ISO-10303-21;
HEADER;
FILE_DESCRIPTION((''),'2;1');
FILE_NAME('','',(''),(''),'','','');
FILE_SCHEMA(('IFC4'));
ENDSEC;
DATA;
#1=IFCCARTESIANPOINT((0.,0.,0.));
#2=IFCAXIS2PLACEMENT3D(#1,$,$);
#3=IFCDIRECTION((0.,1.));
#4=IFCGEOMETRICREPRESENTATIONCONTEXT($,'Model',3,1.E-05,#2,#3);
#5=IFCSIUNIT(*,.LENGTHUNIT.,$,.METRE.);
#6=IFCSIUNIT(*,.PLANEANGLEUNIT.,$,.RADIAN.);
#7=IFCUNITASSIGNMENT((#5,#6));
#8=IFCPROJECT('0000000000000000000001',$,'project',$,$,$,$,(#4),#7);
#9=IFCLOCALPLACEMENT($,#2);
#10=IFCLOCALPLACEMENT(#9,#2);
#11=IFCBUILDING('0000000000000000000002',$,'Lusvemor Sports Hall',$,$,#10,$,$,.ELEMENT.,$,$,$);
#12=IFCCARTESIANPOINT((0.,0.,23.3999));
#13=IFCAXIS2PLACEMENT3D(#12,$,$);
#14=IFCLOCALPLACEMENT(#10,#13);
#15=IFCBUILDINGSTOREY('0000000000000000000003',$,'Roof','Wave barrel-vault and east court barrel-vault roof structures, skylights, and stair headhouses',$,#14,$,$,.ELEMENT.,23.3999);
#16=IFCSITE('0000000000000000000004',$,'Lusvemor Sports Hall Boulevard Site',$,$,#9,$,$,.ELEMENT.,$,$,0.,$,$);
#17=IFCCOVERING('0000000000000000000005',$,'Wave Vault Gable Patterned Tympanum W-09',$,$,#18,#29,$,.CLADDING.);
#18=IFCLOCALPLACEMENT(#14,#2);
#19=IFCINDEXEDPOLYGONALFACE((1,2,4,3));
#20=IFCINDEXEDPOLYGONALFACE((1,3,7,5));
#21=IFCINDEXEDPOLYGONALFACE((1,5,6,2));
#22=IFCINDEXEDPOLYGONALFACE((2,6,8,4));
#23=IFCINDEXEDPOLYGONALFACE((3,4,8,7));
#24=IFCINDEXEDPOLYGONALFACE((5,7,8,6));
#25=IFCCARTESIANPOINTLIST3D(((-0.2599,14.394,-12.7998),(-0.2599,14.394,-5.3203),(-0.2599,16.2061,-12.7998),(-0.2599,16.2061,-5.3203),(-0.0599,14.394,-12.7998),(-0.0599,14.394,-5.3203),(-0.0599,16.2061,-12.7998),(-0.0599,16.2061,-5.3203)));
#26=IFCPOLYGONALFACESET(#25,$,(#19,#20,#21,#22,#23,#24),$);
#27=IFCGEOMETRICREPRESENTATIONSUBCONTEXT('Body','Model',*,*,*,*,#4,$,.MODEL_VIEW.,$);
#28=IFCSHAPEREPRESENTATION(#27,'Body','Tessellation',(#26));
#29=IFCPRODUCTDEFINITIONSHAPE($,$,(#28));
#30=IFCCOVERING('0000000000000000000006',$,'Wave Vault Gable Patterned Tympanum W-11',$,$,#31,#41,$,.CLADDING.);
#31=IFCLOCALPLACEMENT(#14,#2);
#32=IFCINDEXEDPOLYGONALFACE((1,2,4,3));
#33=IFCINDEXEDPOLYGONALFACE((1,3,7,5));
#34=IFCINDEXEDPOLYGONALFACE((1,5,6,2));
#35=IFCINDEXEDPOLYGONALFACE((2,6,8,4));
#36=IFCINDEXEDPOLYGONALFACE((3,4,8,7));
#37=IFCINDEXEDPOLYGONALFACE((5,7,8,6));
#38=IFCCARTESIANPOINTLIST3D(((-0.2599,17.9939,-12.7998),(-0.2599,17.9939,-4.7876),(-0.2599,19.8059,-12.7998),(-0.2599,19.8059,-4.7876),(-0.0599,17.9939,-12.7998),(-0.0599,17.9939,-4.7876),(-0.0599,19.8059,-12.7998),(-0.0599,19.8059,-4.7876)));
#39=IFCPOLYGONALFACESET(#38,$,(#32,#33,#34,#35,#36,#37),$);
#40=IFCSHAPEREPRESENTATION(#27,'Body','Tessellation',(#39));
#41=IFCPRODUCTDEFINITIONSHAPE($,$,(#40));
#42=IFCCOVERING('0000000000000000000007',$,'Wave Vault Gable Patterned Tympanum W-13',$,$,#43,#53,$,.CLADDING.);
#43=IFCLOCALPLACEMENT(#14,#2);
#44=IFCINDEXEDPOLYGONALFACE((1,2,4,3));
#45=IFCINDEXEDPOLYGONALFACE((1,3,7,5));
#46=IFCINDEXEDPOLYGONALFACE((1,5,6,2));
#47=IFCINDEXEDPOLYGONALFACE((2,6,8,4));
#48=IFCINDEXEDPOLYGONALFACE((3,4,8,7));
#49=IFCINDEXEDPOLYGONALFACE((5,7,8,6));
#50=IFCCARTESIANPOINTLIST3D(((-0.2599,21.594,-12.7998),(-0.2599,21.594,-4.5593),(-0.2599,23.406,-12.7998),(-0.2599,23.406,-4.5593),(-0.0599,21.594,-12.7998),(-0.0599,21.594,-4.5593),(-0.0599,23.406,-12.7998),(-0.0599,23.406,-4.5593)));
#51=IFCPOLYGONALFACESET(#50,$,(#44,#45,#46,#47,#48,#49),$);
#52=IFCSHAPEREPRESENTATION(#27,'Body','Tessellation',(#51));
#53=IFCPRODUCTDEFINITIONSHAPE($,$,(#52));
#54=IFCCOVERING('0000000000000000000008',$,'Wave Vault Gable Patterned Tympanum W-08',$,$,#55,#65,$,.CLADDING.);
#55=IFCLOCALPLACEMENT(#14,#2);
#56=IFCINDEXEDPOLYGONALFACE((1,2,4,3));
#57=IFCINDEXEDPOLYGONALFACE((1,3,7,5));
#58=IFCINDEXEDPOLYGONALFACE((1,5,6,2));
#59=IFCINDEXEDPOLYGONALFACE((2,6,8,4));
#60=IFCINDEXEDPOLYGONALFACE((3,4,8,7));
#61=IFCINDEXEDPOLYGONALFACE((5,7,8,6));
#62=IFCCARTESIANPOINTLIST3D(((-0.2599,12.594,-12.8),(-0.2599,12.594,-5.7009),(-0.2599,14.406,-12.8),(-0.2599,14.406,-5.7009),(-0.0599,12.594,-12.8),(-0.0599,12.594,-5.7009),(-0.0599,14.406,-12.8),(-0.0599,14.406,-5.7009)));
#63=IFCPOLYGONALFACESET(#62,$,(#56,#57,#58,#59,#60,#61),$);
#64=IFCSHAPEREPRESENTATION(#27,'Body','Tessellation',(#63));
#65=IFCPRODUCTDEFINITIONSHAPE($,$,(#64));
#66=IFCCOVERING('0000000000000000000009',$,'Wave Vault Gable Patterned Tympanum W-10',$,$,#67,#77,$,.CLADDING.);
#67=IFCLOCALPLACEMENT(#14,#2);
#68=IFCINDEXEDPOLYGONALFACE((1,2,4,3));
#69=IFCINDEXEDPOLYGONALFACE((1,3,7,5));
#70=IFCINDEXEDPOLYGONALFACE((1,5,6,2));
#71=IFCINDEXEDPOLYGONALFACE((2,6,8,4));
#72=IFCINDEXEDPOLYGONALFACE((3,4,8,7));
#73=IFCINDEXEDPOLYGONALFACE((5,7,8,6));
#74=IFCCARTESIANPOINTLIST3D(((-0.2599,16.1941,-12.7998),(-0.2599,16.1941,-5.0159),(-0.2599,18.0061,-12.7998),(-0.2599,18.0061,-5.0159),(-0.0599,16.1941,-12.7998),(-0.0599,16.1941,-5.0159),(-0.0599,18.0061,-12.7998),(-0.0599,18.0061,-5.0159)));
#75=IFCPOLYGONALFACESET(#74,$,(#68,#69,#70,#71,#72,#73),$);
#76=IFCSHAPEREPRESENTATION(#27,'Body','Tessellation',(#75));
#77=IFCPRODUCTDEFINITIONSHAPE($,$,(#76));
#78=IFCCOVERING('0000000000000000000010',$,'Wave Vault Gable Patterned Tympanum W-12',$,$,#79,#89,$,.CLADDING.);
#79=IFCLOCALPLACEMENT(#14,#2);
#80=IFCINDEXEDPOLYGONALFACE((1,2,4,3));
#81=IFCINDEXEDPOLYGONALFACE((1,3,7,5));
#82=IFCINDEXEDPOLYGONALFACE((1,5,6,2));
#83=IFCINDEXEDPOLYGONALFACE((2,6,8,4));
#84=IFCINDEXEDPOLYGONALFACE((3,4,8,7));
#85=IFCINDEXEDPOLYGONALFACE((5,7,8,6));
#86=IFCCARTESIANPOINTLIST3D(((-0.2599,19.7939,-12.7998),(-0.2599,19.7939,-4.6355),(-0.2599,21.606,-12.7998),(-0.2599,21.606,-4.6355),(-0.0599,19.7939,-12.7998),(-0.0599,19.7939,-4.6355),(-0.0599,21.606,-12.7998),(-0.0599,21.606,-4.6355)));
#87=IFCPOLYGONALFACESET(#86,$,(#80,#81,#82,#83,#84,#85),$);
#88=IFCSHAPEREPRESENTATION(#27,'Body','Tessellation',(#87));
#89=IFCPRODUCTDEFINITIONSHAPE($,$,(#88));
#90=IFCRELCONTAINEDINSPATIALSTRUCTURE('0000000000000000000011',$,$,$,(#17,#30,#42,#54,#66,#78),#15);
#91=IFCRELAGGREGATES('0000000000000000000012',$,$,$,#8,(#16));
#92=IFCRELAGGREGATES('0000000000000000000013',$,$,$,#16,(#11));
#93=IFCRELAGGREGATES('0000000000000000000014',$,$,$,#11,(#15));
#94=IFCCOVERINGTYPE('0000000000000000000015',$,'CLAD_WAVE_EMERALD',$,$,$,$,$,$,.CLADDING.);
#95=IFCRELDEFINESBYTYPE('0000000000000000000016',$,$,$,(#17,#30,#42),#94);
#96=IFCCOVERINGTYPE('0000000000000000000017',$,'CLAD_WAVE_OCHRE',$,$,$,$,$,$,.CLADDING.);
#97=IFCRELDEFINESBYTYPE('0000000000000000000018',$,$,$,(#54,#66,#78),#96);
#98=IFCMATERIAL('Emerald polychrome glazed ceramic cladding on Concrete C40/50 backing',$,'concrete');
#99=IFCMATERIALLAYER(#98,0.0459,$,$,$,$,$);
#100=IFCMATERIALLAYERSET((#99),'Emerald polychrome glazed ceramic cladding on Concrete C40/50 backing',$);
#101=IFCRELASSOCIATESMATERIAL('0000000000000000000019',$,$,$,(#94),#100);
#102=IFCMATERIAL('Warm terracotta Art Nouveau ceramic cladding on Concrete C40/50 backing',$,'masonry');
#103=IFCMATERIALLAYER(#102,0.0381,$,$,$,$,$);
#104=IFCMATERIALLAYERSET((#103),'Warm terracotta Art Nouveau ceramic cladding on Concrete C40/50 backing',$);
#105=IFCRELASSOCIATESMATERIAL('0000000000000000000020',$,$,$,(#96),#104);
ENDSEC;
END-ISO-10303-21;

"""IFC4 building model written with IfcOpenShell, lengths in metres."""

from ifc_helpers import new_model, si_unit, direction, frame, origin, origin_2d, place, context, subcontext, project, spatial, rectangle, extrude, material, layer, layer_set, type_object, element, save


model = new_model("IFC4")

# Units and contexts
model_context = context("Model", 3, precision=1e-05, world=origin(), true_north=direction((0.0, 1.0)))
body_context = subcontext(model_context, "Body", "Model", "MODEL_VIEW")
ifc_project = project(units=[si_unit("LENGTHUNIT", "METRE"), si_unit("PLANEANGLEUNIT", "RADIAN")], contexts=[model_context])

# Site, building, storey
site_placement = place(None, origin())
site = spatial("IfcSite", under=ifc_project, at=site_placement, Name="Lusvemor Sports Hall Boulevard Site", CompositionType="ELEMENT", RefElevation=0.0)
building_placement = place(site_placement, origin())
building = spatial("IfcBuilding", under=site, at=building_placement, Name="Lusvemor Sports Hall", CompositionType="ELEMENT")
storey_placement = place(building_placement, frame((0.0, 0.0, 23.3999)))
storey = spatial("IfcBuildingStorey", under=building, at=storey_placement, Name="Roof", Description="Wave barrel-vault and east court barrel-vault roof structures, skylights, and stair headhouses", CompositionType="ELEMENT", Elevation=23.3999)

# Coverings
ifc_material_1 = material(Name="Emerald polychrome glazed ceramic cladding on Concrete C40/50 backing", Category="concrete")
ifc_layer_1 = layer(ifc_material_1, 0.0459)
ifc_layer_set_1 = layer_set([ifc_layer_1], Name="Emerald polychrome glazed ceramic cladding on Concrete C40/50 backing")
covering_type_1 = type_object("IfcCoveringType", Name="CLAD_WAVE_EMERALD", PredefinedType="CLADDING", material=ifc_layer_set_1)
covering_1_placement = place(storey_placement, frame((-0.1599, 15.3, -12.7998), z_axis=(0.0, 0.0, 1.0), x_axis=(1.0, 0.0, 0.0)))
element("IfcCovering", 1, at=covering_1_placement, inside=storey, type_object=covering_type_1, Name="Wave Vault Gable Patterned Tympanum W-09", PredefinedType="CLADDING", context=body_context, shape_type="SweptSolid", body=[
    extrude(rectangle(XDim=0.2, YDim=1.812, at=origin_2d()), origin(), (0.0, 0.0, 1.0), 7.4795),
])
covering_2_placement = place(storey_placement, frame((-0.1599, 18.8999, -12.7998), z_axis=(0.0, 0.0, 1.0), x_axis=(1.0, 0.0, 0.0)))
element("IfcCovering", 2, at=covering_2_placement, inside=storey, type_object=covering_type_1, Name="Wave Vault Gable Patterned Tympanum W-11", PredefinedType="CLADDING", context=body_context, shape_type="SweptSolid", body=[
    extrude(rectangle(XDim=0.2, YDim=1.812, at=origin_2d()), origin(), (0.0, 0.0, 1.0), 8.0122),
])
covering_3_placement = place(storey_placement, frame((-0.1599, 22.5, -12.7998), z_axis=(0.0, 0.0, 1.0), x_axis=(1.0, 0.0, 0.0)))
element("IfcCovering", 3, at=covering_3_placement, inside=storey, type_object=covering_type_1, Name="Wave Vault Gable Patterned Tympanum W-13", PredefinedType="CLADDING", context=body_context, shape_type="SweptSolid", body=[
    extrude(rectangle(XDim=0.2, YDim=1.812, at=origin_2d()), origin(), (0.0, 0.0, 1.0), 8.2405),
])
ifc_material_2 = material(Name="Warm terracotta Art Nouveau ceramic cladding on Concrete C40/50 backing", Category="masonry")
ifc_layer_2 = layer(ifc_material_2, 0.0381)
ifc_layer_set_2 = layer_set([ifc_layer_2], Name="Warm terracotta Art Nouveau ceramic cladding on Concrete C40/50 backing")
covering_type_2 = type_object("IfcCoveringType", Name="CLAD_WAVE_OCHRE", PredefinedType="CLADDING", material=ifc_layer_set_2)
covering_4_placement = place(storey_placement, frame((-0.1599, 13.5, -12.8), z_axis=(0.0, 0.0, 1.0), x_axis=(1.0, 0.0, 0.0)))
element("IfcCovering", 4, at=covering_4_placement, inside=storey, type_object=covering_type_2, Name="Wave Vault Gable Patterned Tympanum W-08", PredefinedType="CLADDING", context=body_context, shape_type="SweptSolid", body=[
    extrude(rectangle(XDim=0.2, YDim=1.812, at=origin_2d()), origin(), (0.0, 0.0, 1.0), 7.0991),
])
covering_5_placement = place(storey_placement, frame((-0.1599, 17.1001, -12.7998), z_axis=(0.0, 0.0, 1.0), x_axis=(1.0, 0.0, 0.0)))
element("IfcCovering", 5, at=covering_5_placement, inside=storey, type_object=covering_type_2, Name="Wave Vault Gable Patterned Tympanum W-10", PredefinedType="CLADDING", context=body_context, shape_type="SweptSolid", body=[
    extrude(rectangle(XDim=0.2, YDim=1.812, at=origin_2d()), origin(), (0.0, 0.0, 1.0), 7.7839),
])
covering_6_placement = place(storey_placement, frame((-0.1599, 20.7, -12.7998), z_axis=(0.0, 0.0, 1.0), x_axis=(1.0, 0.0, 0.0)))
element("IfcCovering", 6, at=covering_6_placement, inside=storey, type_object=covering_type_2, Name="Wave Vault Gable Patterned Tympanum W-12", PredefinedType="CLADDING", context=body_context, shape_type="SweptSolid", body=[
    extrude(rectangle(XDim=0.2, YDim=1.812, at=origin_2d()), origin(), (0.0, 0.0, 1.0), 8.1643),
])

save(model, "model.ifc")
